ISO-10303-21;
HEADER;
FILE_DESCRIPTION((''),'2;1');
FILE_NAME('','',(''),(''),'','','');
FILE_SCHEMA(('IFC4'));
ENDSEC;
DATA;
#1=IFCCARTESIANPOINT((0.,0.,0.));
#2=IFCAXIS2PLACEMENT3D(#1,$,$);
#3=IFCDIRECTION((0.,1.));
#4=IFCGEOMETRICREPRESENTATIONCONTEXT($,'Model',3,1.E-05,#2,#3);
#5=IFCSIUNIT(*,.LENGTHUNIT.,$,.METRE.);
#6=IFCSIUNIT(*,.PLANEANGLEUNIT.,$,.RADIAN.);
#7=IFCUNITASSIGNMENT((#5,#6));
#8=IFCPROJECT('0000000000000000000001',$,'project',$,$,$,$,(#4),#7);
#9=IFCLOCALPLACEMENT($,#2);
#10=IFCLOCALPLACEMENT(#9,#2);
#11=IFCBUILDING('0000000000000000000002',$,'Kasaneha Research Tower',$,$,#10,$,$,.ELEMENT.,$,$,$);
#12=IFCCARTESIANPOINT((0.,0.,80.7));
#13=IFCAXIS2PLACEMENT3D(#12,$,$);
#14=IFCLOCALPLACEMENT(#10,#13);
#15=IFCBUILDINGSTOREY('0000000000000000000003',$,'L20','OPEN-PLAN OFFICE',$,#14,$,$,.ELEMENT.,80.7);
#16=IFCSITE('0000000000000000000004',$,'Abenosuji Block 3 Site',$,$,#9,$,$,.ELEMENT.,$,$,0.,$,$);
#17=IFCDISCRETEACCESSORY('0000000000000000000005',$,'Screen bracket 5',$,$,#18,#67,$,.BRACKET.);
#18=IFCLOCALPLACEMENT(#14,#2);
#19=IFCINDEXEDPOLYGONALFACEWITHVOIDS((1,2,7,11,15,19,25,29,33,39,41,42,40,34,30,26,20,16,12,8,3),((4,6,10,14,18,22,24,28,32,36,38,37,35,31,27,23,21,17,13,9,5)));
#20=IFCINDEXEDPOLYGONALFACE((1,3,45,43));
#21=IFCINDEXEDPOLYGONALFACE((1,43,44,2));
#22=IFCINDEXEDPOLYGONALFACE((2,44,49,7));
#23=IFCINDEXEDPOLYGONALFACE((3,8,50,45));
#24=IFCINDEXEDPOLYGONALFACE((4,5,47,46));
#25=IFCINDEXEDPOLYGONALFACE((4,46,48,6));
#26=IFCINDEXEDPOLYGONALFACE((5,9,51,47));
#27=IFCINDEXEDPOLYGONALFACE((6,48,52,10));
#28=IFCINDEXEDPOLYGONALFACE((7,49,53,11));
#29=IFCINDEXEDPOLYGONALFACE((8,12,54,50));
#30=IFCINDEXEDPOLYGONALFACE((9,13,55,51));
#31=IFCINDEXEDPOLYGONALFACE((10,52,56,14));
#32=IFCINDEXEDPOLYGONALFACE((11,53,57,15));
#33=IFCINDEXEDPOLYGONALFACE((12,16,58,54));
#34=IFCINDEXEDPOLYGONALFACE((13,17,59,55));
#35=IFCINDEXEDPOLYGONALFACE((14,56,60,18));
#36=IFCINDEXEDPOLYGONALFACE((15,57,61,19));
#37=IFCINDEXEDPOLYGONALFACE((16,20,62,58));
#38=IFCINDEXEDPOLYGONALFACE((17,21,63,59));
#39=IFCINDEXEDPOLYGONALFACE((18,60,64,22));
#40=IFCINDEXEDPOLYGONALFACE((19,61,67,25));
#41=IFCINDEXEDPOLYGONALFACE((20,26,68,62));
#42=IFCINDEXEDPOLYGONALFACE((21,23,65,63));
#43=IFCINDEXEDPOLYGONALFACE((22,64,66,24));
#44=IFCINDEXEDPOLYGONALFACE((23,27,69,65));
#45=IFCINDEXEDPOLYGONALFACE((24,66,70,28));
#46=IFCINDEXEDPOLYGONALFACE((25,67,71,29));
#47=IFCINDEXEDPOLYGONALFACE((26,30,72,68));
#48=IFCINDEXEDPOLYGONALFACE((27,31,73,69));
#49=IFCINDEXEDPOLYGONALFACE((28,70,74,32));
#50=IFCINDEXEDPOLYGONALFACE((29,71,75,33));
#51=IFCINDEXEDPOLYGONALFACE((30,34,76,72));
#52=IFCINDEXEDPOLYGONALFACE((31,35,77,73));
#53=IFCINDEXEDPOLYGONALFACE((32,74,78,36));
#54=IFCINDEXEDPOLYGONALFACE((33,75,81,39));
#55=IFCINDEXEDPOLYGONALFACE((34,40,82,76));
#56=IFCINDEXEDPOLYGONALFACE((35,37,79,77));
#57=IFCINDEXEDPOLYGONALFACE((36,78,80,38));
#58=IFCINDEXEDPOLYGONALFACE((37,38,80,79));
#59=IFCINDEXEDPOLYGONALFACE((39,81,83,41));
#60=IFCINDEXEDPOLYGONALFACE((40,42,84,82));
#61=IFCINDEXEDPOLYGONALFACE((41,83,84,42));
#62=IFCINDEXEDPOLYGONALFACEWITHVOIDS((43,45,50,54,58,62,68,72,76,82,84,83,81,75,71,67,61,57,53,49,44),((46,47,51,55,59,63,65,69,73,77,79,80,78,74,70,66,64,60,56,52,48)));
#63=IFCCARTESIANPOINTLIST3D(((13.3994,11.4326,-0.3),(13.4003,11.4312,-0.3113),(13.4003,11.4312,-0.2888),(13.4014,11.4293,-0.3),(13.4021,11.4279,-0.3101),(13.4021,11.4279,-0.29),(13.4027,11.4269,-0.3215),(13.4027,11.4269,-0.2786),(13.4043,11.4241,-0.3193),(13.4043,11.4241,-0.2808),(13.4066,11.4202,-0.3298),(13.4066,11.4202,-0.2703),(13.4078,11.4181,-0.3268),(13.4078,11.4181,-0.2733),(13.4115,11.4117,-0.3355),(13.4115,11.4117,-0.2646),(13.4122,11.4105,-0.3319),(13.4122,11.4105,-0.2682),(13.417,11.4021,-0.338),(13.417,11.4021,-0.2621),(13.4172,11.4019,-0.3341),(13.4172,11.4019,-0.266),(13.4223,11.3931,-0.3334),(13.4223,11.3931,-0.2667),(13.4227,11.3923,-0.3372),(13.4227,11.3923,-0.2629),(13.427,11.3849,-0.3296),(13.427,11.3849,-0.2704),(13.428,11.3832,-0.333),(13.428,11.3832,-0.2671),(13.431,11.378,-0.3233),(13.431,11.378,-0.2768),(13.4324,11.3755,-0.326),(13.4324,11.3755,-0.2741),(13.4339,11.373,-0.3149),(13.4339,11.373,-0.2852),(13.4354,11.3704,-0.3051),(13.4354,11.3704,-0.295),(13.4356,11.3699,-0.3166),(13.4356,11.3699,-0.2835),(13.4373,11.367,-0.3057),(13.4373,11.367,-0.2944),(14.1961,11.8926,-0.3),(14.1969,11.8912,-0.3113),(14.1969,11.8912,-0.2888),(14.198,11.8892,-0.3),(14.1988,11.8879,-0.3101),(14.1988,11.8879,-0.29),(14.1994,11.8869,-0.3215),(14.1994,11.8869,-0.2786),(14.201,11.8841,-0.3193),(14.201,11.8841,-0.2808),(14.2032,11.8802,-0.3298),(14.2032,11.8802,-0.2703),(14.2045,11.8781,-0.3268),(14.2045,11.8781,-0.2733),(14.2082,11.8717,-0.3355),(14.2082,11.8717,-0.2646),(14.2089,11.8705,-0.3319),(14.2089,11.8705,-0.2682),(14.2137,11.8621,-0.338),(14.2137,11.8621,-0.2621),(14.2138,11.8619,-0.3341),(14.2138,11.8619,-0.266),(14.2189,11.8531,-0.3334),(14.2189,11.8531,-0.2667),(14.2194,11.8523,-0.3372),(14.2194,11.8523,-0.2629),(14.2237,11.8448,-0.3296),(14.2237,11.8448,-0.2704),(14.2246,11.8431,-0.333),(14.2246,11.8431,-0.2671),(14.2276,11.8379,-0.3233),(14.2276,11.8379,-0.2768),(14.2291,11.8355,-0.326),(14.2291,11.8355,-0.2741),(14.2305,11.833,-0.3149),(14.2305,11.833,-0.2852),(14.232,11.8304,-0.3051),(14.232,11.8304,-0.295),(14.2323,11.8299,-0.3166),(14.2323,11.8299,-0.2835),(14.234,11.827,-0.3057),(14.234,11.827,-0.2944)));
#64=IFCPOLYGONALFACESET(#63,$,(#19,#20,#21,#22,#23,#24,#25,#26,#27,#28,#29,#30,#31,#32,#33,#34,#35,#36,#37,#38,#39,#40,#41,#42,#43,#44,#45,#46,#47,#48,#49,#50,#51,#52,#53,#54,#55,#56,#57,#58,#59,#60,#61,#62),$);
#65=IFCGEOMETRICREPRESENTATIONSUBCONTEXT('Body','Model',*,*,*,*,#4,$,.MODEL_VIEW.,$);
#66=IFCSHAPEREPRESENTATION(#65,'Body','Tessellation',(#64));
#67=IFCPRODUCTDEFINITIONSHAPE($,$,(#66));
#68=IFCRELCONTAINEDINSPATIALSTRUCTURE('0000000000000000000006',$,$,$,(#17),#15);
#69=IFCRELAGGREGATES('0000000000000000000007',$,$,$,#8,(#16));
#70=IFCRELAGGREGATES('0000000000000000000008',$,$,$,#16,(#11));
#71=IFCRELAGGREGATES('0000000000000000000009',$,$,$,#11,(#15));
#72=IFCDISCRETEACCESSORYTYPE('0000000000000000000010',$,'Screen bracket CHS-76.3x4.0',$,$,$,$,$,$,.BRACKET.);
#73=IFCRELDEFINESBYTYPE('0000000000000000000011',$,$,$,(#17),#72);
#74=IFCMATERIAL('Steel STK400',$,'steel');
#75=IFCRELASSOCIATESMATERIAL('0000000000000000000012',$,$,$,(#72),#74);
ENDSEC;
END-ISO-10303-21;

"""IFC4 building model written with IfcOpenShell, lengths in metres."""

from ifc_helpers import new_model, si_unit, direction, frame, origin, origin_2d, place, context, subcontext, project, spatial, hollow_circle, extrude, material, material_profile, profile_set, type_object, element, save


model = new_model("IFC4")

# Units and contexts
model_context = context("Model", 3, precision=1e-05, world=origin(), true_north=direction((0.0, 1.0)))
body_context = subcontext(model_context, "Body", "Model", "MODEL_VIEW")
ifc_project = project(units=[si_unit("LENGTHUNIT", "METRE"), si_unit("PLANEANGLEUNIT", "RADIAN")], contexts=[model_context])

# Site, building, storey
site_placement = place(None, origin())
site = spatial("IfcSite", under=ifc_project, at=site_placement, Name="Abenosuji Block 3 Site", CompositionType="ELEMENT", RefElevation=0.0)
building_placement = place(site_placement, origin())
building = spatial("IfcBuilding", under=site, at=building_placement, Name="Kasaneha Research Tower", CompositionType="ELEMENT")
storey_placement = place(building_placement, frame((0.0, 0.0, 80.7)))
storey = spatial("IfcBuildingStorey", under=building, at=storey_placement, Name="L20", Description="OPEN-PLAN OFFICE", CompositionType="ELEMENT", Elevation=80.7)

# Discrete accessory
ifc_material_1 = material(Name="Steel STK400", Category="steel")
ifc_material_profile_1 = material_profile(ifc_material_1, hollow_circle(Radius=0.0381, WallThickness=0.0039, at=origin_2d()), Name="CHS-76.3x4.0")
ifc_profile_set_1 = profile_set([ifc_material_profile_1], Name="Steel STK400")
discrete_accessory_type = type_object("IfcDiscreteAccessoryType", Name="Screen bracket CHS-76.3x4.0", PredefinedType="BRACKET", material=ifc_profile_set_1)
for number, where, z_axis, x_axis, name in (
    (1, (13.4185, 11.3997, -0.3), (0.866013, 0.500021, 0.0), (-0.500021, 0.866013, 0.0), "Screen bracket 5"),
):
    element("IfcDiscreteAccessory", number, at=place(storey_placement, frame(where, z_axis=z_axis, x_axis=x_axis)), inside=storey, type_object=discrete_accessory_type, Name=name, PredefinedType="BRACKET", context=body_context, shape_type="SweptSolid", body=[
        extrude(hollow_circle(Radius=0.0381, WallThickness=0.0039, at=origin_2d()), origin(), (0.0, 0.0, 1.0), 0.9199),
    ])

save(model, "model.ifc")
